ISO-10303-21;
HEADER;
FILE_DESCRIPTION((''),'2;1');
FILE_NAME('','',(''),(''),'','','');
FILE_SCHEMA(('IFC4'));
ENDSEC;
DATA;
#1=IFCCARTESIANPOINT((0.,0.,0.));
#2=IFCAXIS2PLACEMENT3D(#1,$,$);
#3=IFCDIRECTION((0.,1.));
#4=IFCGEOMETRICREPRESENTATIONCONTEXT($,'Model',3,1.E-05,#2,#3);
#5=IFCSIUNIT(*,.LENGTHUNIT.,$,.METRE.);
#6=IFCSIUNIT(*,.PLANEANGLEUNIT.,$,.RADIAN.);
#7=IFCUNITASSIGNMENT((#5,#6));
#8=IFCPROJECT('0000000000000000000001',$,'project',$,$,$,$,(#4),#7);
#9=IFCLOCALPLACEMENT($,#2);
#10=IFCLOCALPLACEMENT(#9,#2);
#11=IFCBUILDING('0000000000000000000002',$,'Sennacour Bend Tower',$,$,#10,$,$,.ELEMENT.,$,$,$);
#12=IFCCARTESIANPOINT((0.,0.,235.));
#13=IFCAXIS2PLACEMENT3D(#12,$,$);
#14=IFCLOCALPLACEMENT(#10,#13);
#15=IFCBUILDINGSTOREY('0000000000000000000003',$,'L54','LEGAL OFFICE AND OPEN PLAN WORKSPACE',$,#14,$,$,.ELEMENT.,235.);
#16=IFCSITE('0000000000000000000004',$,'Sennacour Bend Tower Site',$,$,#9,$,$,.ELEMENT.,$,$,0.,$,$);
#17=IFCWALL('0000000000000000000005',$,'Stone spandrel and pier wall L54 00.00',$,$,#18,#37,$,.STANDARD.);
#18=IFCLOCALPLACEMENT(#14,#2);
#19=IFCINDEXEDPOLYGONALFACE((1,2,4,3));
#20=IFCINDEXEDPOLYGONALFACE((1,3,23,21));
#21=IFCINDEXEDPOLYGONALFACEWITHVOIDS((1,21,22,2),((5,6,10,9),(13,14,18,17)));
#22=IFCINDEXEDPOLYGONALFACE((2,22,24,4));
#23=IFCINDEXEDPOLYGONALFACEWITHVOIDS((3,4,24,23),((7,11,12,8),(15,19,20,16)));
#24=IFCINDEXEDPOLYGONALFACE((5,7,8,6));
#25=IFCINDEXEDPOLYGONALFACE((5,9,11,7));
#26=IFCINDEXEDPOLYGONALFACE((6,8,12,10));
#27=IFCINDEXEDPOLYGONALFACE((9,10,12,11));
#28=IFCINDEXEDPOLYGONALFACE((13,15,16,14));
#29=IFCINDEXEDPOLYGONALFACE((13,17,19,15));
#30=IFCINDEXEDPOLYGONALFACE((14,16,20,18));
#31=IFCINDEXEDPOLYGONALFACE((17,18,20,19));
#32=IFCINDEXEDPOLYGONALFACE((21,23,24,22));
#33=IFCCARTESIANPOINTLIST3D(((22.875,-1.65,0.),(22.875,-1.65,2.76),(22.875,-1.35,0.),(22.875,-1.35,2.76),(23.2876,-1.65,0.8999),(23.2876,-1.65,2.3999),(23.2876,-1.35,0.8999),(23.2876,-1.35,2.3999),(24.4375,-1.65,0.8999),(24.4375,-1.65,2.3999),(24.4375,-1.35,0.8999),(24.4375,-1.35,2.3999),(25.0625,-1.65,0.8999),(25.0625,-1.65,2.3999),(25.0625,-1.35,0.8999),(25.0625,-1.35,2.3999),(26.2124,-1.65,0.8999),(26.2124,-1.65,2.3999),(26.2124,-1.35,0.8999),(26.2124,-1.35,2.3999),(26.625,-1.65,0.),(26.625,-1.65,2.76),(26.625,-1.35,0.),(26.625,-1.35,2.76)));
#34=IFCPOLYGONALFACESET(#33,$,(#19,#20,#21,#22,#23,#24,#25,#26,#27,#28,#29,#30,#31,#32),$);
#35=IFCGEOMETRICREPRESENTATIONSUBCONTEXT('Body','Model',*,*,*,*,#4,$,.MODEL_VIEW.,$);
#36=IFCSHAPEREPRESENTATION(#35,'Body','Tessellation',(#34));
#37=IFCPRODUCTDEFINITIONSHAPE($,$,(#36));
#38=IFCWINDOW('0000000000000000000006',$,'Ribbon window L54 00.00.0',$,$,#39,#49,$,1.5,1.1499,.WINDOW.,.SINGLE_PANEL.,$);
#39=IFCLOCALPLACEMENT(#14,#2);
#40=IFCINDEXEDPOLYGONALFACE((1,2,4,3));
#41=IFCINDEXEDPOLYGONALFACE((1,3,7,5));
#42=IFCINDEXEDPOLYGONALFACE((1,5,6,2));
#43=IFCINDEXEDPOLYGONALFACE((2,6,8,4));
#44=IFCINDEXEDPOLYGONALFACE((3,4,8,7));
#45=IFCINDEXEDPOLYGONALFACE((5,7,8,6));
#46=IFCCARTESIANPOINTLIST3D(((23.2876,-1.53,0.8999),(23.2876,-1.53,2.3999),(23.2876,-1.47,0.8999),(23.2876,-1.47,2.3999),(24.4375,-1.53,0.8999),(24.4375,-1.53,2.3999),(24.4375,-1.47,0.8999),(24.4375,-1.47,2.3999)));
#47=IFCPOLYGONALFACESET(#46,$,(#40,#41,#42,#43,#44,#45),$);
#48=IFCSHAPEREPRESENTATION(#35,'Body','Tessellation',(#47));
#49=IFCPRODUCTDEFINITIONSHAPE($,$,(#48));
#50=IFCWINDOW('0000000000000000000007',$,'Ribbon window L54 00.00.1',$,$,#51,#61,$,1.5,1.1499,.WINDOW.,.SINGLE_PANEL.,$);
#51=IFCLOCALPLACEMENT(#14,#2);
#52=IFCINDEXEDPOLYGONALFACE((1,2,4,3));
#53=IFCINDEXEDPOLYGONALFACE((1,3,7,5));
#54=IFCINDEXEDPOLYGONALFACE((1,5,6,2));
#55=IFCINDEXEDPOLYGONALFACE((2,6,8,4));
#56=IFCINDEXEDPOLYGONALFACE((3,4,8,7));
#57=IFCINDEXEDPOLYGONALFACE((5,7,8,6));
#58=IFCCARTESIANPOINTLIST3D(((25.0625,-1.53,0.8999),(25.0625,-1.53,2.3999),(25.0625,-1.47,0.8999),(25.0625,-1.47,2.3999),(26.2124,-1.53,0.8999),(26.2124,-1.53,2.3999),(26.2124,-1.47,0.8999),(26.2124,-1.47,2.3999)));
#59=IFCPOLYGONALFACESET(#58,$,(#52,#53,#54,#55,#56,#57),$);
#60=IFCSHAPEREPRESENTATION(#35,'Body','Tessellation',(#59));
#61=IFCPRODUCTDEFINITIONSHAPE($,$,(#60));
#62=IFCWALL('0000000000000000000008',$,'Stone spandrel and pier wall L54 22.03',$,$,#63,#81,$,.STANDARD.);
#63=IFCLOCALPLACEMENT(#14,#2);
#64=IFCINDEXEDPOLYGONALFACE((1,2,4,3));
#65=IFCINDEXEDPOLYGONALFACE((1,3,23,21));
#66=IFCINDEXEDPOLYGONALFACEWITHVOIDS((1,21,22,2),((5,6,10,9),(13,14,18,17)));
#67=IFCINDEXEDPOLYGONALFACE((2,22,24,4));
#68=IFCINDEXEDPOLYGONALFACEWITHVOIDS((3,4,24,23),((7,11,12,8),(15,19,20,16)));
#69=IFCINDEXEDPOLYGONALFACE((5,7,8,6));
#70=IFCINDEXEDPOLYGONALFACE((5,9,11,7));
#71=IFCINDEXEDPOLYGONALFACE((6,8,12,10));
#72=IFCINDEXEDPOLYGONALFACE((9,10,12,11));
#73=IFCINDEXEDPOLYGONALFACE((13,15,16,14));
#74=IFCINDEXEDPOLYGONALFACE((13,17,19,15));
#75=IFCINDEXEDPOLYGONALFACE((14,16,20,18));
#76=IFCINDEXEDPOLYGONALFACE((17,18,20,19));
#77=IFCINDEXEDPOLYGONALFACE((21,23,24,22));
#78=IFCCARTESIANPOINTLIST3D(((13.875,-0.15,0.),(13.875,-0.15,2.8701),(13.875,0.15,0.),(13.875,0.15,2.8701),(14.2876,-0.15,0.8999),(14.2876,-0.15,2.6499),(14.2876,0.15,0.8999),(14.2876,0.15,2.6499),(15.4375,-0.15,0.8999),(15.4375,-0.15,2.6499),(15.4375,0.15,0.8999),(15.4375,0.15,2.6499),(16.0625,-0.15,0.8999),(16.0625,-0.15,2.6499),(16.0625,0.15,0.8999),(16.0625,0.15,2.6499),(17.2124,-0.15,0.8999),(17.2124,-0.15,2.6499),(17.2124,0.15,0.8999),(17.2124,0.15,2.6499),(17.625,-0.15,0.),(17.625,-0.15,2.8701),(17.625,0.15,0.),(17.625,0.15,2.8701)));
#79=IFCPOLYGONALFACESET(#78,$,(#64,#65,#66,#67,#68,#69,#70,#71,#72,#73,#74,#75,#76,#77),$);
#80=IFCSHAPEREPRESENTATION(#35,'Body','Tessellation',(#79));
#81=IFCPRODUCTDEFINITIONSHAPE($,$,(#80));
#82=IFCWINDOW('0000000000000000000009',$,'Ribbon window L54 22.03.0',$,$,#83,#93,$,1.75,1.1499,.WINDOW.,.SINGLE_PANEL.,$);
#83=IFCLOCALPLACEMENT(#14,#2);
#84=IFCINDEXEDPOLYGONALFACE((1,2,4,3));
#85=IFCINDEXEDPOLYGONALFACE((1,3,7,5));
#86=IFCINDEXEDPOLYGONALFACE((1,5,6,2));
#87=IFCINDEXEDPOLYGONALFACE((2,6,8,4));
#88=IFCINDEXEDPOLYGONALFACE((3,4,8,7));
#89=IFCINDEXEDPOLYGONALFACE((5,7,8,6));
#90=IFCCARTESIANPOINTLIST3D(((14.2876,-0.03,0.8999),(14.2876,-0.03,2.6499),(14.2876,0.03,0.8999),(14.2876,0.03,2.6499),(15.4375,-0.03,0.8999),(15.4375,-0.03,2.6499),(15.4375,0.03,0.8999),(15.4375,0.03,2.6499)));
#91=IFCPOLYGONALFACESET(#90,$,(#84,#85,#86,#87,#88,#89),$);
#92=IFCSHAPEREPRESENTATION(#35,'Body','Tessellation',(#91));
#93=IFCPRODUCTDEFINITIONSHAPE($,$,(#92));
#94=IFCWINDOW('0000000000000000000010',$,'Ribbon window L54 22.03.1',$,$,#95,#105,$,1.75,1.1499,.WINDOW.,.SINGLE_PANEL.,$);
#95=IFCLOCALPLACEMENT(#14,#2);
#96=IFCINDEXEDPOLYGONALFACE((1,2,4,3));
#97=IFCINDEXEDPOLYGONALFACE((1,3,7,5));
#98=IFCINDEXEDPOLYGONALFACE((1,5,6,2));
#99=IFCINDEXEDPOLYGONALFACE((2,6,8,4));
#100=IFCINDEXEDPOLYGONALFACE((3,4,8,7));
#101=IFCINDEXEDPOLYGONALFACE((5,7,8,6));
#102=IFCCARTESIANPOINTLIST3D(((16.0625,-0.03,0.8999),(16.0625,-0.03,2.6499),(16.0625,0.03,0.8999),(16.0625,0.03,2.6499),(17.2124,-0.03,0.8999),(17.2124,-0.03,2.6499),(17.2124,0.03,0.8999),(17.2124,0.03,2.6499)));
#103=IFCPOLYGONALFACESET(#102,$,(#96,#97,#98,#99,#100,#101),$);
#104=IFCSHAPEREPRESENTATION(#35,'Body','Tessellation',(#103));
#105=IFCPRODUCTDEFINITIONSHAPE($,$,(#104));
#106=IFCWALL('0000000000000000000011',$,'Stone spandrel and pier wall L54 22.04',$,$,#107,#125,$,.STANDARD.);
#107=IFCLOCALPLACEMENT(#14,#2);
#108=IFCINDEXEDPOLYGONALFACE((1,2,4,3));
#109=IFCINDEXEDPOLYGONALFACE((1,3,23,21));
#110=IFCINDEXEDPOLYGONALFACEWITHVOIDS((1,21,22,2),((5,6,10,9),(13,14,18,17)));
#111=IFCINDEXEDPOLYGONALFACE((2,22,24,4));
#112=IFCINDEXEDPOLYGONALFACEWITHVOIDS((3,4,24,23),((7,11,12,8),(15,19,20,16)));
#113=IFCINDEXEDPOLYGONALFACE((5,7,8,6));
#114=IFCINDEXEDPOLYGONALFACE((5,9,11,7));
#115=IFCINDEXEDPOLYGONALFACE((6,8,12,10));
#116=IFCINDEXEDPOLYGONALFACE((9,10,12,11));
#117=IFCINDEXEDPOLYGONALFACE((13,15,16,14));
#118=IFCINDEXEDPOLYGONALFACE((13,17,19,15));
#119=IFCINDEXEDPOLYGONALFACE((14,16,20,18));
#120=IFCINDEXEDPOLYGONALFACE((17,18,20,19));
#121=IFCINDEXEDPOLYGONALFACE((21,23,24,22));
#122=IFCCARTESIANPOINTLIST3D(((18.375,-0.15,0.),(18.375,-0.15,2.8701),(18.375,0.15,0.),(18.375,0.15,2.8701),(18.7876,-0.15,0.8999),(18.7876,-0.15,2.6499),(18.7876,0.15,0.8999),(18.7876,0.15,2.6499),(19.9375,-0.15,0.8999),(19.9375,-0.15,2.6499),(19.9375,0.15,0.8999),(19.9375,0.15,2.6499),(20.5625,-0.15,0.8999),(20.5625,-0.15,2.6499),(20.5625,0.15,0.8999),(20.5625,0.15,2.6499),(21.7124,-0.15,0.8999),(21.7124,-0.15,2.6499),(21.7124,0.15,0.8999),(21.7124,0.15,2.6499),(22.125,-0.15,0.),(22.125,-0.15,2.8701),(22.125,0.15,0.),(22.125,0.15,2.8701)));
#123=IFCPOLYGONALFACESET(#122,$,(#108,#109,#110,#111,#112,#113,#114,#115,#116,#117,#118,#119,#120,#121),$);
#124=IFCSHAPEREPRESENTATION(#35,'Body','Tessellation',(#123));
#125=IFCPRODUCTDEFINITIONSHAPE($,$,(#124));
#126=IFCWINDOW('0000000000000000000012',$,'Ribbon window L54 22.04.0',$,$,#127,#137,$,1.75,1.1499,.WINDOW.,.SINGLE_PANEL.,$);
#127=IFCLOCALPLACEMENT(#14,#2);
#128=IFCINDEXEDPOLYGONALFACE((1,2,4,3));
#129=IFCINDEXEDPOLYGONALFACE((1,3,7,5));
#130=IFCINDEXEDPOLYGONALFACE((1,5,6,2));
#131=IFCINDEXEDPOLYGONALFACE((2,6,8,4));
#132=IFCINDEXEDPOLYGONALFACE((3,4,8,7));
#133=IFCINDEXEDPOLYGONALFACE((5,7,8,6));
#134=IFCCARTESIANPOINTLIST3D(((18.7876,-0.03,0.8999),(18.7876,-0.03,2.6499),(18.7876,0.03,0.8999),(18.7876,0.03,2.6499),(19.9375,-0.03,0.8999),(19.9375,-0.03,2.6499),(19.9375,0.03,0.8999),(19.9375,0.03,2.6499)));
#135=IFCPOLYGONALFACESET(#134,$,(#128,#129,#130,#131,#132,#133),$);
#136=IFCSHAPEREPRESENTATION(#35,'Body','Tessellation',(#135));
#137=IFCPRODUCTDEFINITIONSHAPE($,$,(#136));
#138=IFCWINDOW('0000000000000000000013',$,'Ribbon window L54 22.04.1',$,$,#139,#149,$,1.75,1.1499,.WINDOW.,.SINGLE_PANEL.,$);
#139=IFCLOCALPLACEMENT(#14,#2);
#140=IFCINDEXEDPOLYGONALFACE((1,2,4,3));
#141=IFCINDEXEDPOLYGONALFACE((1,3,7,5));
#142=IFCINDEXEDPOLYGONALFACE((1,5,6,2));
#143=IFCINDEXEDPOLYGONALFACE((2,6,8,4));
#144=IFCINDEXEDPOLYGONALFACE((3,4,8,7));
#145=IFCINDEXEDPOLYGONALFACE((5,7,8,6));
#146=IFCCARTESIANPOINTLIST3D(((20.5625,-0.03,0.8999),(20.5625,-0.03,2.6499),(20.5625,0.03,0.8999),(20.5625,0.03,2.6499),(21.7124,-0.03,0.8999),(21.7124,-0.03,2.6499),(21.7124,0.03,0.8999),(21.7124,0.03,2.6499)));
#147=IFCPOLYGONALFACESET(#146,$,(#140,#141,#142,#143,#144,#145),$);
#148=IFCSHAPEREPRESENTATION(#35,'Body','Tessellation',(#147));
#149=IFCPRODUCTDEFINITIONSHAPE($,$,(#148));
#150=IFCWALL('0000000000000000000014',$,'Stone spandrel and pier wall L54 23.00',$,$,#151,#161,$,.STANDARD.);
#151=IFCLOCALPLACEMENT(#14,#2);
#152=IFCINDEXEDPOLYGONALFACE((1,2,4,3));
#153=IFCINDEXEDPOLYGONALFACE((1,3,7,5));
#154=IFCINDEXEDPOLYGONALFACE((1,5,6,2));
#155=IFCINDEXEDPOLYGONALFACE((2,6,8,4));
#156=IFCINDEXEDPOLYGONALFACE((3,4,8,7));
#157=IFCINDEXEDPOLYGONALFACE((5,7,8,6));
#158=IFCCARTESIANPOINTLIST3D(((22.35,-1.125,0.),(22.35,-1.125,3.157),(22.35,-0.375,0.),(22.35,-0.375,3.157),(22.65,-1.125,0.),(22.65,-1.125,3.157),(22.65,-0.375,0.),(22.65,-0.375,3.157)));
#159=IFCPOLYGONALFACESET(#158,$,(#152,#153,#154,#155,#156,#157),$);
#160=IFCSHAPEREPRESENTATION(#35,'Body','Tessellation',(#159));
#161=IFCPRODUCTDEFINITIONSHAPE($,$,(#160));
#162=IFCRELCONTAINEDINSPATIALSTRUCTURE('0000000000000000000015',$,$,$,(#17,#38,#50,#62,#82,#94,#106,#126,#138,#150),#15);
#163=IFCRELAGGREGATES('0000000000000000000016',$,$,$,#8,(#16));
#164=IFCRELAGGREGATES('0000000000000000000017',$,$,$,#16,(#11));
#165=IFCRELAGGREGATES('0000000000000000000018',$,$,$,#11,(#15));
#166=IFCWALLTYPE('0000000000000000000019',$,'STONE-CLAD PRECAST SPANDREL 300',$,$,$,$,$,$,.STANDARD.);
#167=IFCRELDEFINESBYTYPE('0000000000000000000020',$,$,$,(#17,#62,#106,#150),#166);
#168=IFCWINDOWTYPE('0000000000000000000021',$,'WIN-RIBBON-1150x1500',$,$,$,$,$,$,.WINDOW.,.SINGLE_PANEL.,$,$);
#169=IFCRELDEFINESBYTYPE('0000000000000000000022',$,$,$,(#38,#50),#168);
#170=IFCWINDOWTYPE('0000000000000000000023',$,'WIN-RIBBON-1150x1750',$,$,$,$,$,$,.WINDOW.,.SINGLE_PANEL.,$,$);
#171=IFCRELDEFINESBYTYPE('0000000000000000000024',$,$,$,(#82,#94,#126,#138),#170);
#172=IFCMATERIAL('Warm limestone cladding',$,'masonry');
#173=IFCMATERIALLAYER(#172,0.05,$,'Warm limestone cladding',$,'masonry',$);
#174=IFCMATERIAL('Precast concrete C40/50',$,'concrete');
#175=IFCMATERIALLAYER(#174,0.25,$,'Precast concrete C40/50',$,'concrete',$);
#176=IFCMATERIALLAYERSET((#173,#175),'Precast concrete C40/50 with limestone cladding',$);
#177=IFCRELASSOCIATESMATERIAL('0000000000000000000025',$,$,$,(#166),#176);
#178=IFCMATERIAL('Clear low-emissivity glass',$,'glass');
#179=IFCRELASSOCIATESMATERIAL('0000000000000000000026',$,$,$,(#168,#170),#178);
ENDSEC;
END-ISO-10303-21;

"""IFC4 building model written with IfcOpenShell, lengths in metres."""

from ifc_helpers import new_model, si_unit, direction, frame, frame_2d, origin, place, context, subcontext, project, spatial, rectangle, extrude, material, layer, layer_set, type_object, element, fill, save


model = new_model("IFC4")

# Units and contexts
model_context = context("Model", 3, precision=1e-05, world=origin(), true_north=direction((0.0, 1.0)))
body_context = subcontext(model_context, "Body", "Model", "MODEL_VIEW")
ifc_project = project(units=[si_unit("LENGTHUNIT", "METRE"), si_unit("PLANEANGLEUNIT", "RADIAN")], contexts=[model_context])

# Site, building, storey
site_placement = place(None, origin())
site = spatial("IfcSite", under=ifc_project, at=site_placement, Name="Sennacour Bend Tower Site", CompositionType="ELEMENT", RefElevation=0.0)
building_placement = place(site_placement, origin())
building = spatial("IfcBuilding", under=site, at=building_placement, Name="Sennacour Bend Tower", CompositionType="ELEMENT")
storey_placement = place(building_placement, frame((0.0, 0.0, 235.0)))
storey = spatial("IfcBuildingStorey", under=building, at=storey_placement, Name="L54", Description="LEGAL OFFICE AND OPEN PLAN WORKSPACE", CompositionType="ELEMENT", Elevation=235.0)

# Walls, openings, windows
ifc_material_1 = material(Name="Warm limestone cladding", Category="masonry")
ifc_layer_1 = layer(ifc_material_1, 0.05, Name="Warm limestone cladding", Category="masonry")
ifc_material_2 = material(Name="Precast concrete C40/50", Category="concrete")
ifc_layer_2 = layer(ifc_material_2, 0.25, Name="Precast concrete C40/50", Category="concrete")
ifc_layer_set = layer_set([ifc_layer_1, ifc_layer_2], Name="Precast concrete C40/50 with limestone cladding")
wall_type = type_object("IfcWallType", Name="STONE-CLAD PRECAST SPANDREL 300", PredefinedType="STANDARD", material=ifc_layer_set)
wall_1_placement = place(storey_placement, frame((22.875, -1.5, 0.0), z_axis=(0.0, 0.0, 1.0), x_axis=(1.0, 0.0, 0.0)))
wall_1 = element("IfcWall", 1, at=wall_1_placement, inside=storey, type_object=wall_type, Name="Stone spandrel and pier wall L54 00.00", PredefinedType="STANDARD", context=body_context, shape_type="SweptSolid", body=[
    extrude(rectangle(XDim=3.75, YDim=0.3, at=frame_2d((1.875, 0.0))), origin(), (0.0, 0.0, 1.0), 2.76),
])
opening_1_placement = place(wall_1_placement, frame((0.4126, 0.0, 0.8999)))
opening_1 = element("IfcOpeningElement", 2, at=opening_1_placement, cuts=wall_1, PredefinedType="OPENING", context=body_context, shape_type="SweptSolid", body=[
    extrude(rectangle(XDim=1.1499, YDim=1.5, at=frame_2d((0.575, 0.75))), frame((0.0, 0.1602, 0.0), z_axis=(0.0, -1.0, 0.0), x_axis=(1.0, 0.0, 0.0)), (0.0, 0.0, 1.0), 0.3201),
])
opening_2_placement = place(wall_1_placement, frame((2.1875, 0.0, 0.8999)))
opening_2 = element("IfcOpeningElement", 3, at=opening_2_placement, cuts=wall_1, PredefinedType="OPENING", context=body_context, shape_type="SweptSolid", body=[
    extrude(rectangle(XDim=1.1499, YDim=1.5, at=frame_2d((0.575, 0.75))), frame((0.0, 0.1602, 0.0), z_axis=(0.0, -1.0, 0.0), x_axis=(1.0, 0.0, 0.0)), (0.0, 0.0, 1.0), 0.3201),
])
ifc_material_3 = material(Name="Clear low-emissivity glass", Category="glass")
window_type_1 = type_object("IfcWindowType", Name="WIN-RIBBON-1150x1500", PartitioningType="SINGLE_PANEL", PredefinedType="WINDOW", material=ifc_material_3)
window_1_placement = place(opening_1_placement, origin())
window_1 = element("IfcWindow", 4, at=window_1_placement, inside=storey, type_object=window_type_1, Name="Ribbon window L54 00.00.0", OverallHeight=1.5, OverallWidth=1.1499, PartitioningType="SINGLE_PANEL", PredefinedType="WINDOW", context=body_context, shape_type="SweptSolid", body=[
    extrude(rectangle(XDim=1.1499, YDim=1.5, at=frame_2d((0.575, 0.75))), frame((0.0, 0.03, 0.0), z_axis=(0.0, -1.0, 0.0), x_axis=(1.0, 0.0, 0.0)), (0.0, 0.0, 1.0), 0.0601),
])
fill(opening_1, window_1)
window_2_placement = place(opening_2_placement, origin())
window_2 = element("IfcWindow", 5, at=window_2_placement, inside=storey, type_object=window_type_1, Name="Ribbon window L54 00.00.1", OverallHeight=1.5, OverallWidth=1.1499, PartitioningType="SINGLE_PANEL", PredefinedType="WINDOW", context=body_context, shape_type="SweptSolid", body=[
    extrude(rectangle(XDim=1.1499, YDim=1.5, at=frame_2d((0.575, 0.75))), frame((0.0, 0.03, 0.0), z_axis=(0.0, -1.0, 0.0), x_axis=(1.0, 0.0, 0.0)), (0.0, 0.0, 1.0), 0.0601),
])
fill(opening_2, window_2)
wall_2_placement = place(storey_placement, frame((13.875, 0.0, 0.0), z_axis=(0.0, 0.0, 1.0), x_axis=(1.0, 0.0, 0.0)))
wall_2 = element("IfcWall", 6, at=wall_2_placement, inside=storey, type_object=wall_type, Name="Stone spandrel and pier wall L54 22.03", PredefinedType="STANDARD", context=body_context, shape_type="SweptSolid", body=[
    extrude(rectangle(XDim=3.75, YDim=0.3, at=frame_2d((1.875, 0.0))), origin(), (0.0, 0.0, 1.0), 2.8701),
])
opening_3_placement = place(wall_2_placement, frame((0.4126, 0.0, 0.8999)))
opening_3 = element("IfcOpeningElement", 7, at=opening_3_placement, cuts=wall_2, PredefinedType="OPENING", context=body_context, shape_type="SweptSolid", body=[
    extrude(rectangle(XDim=1.1499, YDim=1.75, at=frame_2d((0.575, 0.875))), frame((0.0, 0.1602, 0.0), z_axis=(0.0, -1.0, 0.0), x_axis=(1.0, 0.0, 0.0)), (0.0, 0.0, 1.0), 0.3201),
])
opening_4_placement = place(wall_2_placement, frame((2.1875, 0.0, 0.8999)))
opening_4 = element("IfcOpeningElement", 8, at=opening_4_placement, cuts=wall_2, PredefinedType="OPENING", context=body_context, shape_type="SweptSolid", body=[
    extrude(rectangle(XDim=1.1499, YDim=1.75, at=frame_2d((0.575, 0.875))), frame((0.0, 0.1602, 0.0), z_axis=(0.0, -1.0, 0.0), x_axis=(1.0, 0.0, 0.0)), (0.0, 0.0, 1.0), 0.3201),
])
window_type_2 = type_object("IfcWindowType", Name="WIN-RIBBON-1150x1750", PartitioningType="SINGLE_PANEL", PredefinedType="WINDOW", material=ifc_material_3)
window_3_placement = place(opening_3_placement, origin())
window_3 = element("IfcWindow", 9, at=window_3_placement, inside=storey, type_object=window_type_2, Name="Ribbon window L54 22.03.0", OverallHeight=1.75, OverallWidth=1.1499, PartitioningType="SINGLE_PANEL", PredefinedType="WINDOW", context=body_context, shape_type="SweptSolid", body=[
    extrude(rectangle(XDim=1.1499, YDim=1.75, at=frame_2d((0.575, 0.875))), frame((0.0, 0.03, 0.0), z_axis=(0.0, -1.0, 0.0), x_axis=(1.0, 0.0, 0.0)), (0.0, 0.0, 1.0), 0.0601),
])
fill(opening_3, window_3)
window_4_placement = place(opening_4_placement, origin())
window_4 = element("IfcWindow", 10, at=window_4_placement, inside=storey, type_object=window_type_2, Name="Ribbon window L54 22.03.1", OverallHeight=1.75, OverallWidth=1.1499, PartitioningType="SINGLE_PANEL", PredefinedType="WINDOW", context=body_context, shape_type="SweptSolid", body=[
    extrude(rectangle(XDim=1.1499, YDim=1.75, at=frame_2d((0.575, 0.875))), frame((0.0, 0.03, 0.0), z_axis=(0.0, -1.0, 0.0), x_axis=(1.0, 0.0, 0.0)), (0.0, 0.0, 1.0), 0.0601),
])
fill(opening_4, window_4)
wall_3_placement = place(storey_placement, frame((18.375, 0.0, 0.0), z_axis=(0.0, 0.0, 1.0), x_axis=(1.0, 0.0, 0.0)))
wall_3 = element("IfcWall", 11, at=wall_3_placement, inside=storey, type_object=wall_type, Name="Stone spandrel and pier wall L54 22.04", PredefinedType="STANDARD", context=body_context, shape_type="SweptSolid", body=[
    extrude(rectangle(XDim=3.75, YDim=0.3, at=frame_2d((1.875, 0.0))), origin(), (0.0, 0.0, 1.0), 2.8701),
])
opening_5_placement = place(wall_3_placement, frame((0.4126, 0.0, 0.8999)))
opening_5 = element("IfcOpeningElement", 12, at=opening_5_placement, cuts=wall_3, PredefinedType="OPENING", context=body_context, shape_type="SweptSolid", body=[
    extrude(rectangle(XDim=1.1499, YDim=1.75, at=frame_2d((0.575, 0.875))), frame((0.0, 0.1602, 0.0), z_axis=(0.0, -1.0, 0.0), x_axis=(1.0, 0.0, 0.0)), (0.0, 0.0, 1.0), 0.3201),
])
opening_6_placement = place(wall_3_placement, frame((2.1875, 0.0, 0.8999)))
opening_6 = element("IfcOpeningElement", 13, at=opening_6_placement, cuts=wall_3, PredefinedType="OPENING", context=body_context, shape_type="SweptSolid", body=[
    extrude(rectangle(XDim=1.1499, YDim=1.75, at=frame_2d((0.575, 0.875))), frame((0.0, 0.1602, 0.0), z_axis=(0.0, -1.0, 0.0), x_axis=(1.0, 0.0, 0.0)), (0.0, 0.0, 1.0), 0.3201),
])
window_5_placement = place(opening_5_placement, origin())
window_5 = element("IfcWindow", 14, at=window_5_placement, inside=storey, type_object=window_type_2, Name="Ribbon window L54 22.04.0", OverallHeight=1.75, OverallWidth=1.1499, PartitioningType="SINGLE_PANEL", PredefinedType="WINDOW", context=body_context, shape_type="SweptSolid", body=[
    extrude(rectangle(XDim=1.1499, YDim=1.75, at=frame_2d((0.575, 0.875))), frame((0.0, 0.03, 0.0), z_axis=(0.0, -1.0, 0.0), x_axis=(1.0, 0.0, 0.0)), (0.0, 0.0, 1.0), 0.0601),
])
fill(opening_5, window_5)
window_6_placement = place(opening_6_placement, origin())
window_6 = element("IfcWindow", 15, at=window_6_placement, inside=storey, type_object=window_type_2, Name="Ribbon window L54 22.04.1", OverallHeight=1.75, OverallWidth=1.1499, PartitioningType="SINGLE_PANEL", PredefinedType="WINDOW", context=body_context, shape_type="SweptSolid", body=[
    extrude(rectangle(XDim=1.1499, YDim=1.75, at=frame_2d((0.575, 0.875))), frame((0.0, 0.03, 0.0), z_axis=(0.0, -1.0, 0.0), x_axis=(1.0, 0.0, 0.0)), (0.0, 0.0, 1.0), 0.0601),
])
fill(opening_6, window_6)

# Wall
wall_4_placement = place(storey_placement, frame((22.5, -0.375, 0.0), z_axis=(0.0, 0.0, 1.0), x_axis=(0.0, -1.0, 0.0)))
element("IfcWall", 16, at=wall_4_placement, inside=storey, type_object=wall_type, Name="Stone spandrel and pier wall L54 23.00", PredefinedType="STANDARD", context=body_context, shape_type="SweptSolid", body=[
    extrude(rectangle(XDim=0.75, YDim=0.3, at=frame_2d((0.375, 0.0))), origin(), (0.0, 0.0, 1.0), 3.157),
])

save(model, "model.ifc")
